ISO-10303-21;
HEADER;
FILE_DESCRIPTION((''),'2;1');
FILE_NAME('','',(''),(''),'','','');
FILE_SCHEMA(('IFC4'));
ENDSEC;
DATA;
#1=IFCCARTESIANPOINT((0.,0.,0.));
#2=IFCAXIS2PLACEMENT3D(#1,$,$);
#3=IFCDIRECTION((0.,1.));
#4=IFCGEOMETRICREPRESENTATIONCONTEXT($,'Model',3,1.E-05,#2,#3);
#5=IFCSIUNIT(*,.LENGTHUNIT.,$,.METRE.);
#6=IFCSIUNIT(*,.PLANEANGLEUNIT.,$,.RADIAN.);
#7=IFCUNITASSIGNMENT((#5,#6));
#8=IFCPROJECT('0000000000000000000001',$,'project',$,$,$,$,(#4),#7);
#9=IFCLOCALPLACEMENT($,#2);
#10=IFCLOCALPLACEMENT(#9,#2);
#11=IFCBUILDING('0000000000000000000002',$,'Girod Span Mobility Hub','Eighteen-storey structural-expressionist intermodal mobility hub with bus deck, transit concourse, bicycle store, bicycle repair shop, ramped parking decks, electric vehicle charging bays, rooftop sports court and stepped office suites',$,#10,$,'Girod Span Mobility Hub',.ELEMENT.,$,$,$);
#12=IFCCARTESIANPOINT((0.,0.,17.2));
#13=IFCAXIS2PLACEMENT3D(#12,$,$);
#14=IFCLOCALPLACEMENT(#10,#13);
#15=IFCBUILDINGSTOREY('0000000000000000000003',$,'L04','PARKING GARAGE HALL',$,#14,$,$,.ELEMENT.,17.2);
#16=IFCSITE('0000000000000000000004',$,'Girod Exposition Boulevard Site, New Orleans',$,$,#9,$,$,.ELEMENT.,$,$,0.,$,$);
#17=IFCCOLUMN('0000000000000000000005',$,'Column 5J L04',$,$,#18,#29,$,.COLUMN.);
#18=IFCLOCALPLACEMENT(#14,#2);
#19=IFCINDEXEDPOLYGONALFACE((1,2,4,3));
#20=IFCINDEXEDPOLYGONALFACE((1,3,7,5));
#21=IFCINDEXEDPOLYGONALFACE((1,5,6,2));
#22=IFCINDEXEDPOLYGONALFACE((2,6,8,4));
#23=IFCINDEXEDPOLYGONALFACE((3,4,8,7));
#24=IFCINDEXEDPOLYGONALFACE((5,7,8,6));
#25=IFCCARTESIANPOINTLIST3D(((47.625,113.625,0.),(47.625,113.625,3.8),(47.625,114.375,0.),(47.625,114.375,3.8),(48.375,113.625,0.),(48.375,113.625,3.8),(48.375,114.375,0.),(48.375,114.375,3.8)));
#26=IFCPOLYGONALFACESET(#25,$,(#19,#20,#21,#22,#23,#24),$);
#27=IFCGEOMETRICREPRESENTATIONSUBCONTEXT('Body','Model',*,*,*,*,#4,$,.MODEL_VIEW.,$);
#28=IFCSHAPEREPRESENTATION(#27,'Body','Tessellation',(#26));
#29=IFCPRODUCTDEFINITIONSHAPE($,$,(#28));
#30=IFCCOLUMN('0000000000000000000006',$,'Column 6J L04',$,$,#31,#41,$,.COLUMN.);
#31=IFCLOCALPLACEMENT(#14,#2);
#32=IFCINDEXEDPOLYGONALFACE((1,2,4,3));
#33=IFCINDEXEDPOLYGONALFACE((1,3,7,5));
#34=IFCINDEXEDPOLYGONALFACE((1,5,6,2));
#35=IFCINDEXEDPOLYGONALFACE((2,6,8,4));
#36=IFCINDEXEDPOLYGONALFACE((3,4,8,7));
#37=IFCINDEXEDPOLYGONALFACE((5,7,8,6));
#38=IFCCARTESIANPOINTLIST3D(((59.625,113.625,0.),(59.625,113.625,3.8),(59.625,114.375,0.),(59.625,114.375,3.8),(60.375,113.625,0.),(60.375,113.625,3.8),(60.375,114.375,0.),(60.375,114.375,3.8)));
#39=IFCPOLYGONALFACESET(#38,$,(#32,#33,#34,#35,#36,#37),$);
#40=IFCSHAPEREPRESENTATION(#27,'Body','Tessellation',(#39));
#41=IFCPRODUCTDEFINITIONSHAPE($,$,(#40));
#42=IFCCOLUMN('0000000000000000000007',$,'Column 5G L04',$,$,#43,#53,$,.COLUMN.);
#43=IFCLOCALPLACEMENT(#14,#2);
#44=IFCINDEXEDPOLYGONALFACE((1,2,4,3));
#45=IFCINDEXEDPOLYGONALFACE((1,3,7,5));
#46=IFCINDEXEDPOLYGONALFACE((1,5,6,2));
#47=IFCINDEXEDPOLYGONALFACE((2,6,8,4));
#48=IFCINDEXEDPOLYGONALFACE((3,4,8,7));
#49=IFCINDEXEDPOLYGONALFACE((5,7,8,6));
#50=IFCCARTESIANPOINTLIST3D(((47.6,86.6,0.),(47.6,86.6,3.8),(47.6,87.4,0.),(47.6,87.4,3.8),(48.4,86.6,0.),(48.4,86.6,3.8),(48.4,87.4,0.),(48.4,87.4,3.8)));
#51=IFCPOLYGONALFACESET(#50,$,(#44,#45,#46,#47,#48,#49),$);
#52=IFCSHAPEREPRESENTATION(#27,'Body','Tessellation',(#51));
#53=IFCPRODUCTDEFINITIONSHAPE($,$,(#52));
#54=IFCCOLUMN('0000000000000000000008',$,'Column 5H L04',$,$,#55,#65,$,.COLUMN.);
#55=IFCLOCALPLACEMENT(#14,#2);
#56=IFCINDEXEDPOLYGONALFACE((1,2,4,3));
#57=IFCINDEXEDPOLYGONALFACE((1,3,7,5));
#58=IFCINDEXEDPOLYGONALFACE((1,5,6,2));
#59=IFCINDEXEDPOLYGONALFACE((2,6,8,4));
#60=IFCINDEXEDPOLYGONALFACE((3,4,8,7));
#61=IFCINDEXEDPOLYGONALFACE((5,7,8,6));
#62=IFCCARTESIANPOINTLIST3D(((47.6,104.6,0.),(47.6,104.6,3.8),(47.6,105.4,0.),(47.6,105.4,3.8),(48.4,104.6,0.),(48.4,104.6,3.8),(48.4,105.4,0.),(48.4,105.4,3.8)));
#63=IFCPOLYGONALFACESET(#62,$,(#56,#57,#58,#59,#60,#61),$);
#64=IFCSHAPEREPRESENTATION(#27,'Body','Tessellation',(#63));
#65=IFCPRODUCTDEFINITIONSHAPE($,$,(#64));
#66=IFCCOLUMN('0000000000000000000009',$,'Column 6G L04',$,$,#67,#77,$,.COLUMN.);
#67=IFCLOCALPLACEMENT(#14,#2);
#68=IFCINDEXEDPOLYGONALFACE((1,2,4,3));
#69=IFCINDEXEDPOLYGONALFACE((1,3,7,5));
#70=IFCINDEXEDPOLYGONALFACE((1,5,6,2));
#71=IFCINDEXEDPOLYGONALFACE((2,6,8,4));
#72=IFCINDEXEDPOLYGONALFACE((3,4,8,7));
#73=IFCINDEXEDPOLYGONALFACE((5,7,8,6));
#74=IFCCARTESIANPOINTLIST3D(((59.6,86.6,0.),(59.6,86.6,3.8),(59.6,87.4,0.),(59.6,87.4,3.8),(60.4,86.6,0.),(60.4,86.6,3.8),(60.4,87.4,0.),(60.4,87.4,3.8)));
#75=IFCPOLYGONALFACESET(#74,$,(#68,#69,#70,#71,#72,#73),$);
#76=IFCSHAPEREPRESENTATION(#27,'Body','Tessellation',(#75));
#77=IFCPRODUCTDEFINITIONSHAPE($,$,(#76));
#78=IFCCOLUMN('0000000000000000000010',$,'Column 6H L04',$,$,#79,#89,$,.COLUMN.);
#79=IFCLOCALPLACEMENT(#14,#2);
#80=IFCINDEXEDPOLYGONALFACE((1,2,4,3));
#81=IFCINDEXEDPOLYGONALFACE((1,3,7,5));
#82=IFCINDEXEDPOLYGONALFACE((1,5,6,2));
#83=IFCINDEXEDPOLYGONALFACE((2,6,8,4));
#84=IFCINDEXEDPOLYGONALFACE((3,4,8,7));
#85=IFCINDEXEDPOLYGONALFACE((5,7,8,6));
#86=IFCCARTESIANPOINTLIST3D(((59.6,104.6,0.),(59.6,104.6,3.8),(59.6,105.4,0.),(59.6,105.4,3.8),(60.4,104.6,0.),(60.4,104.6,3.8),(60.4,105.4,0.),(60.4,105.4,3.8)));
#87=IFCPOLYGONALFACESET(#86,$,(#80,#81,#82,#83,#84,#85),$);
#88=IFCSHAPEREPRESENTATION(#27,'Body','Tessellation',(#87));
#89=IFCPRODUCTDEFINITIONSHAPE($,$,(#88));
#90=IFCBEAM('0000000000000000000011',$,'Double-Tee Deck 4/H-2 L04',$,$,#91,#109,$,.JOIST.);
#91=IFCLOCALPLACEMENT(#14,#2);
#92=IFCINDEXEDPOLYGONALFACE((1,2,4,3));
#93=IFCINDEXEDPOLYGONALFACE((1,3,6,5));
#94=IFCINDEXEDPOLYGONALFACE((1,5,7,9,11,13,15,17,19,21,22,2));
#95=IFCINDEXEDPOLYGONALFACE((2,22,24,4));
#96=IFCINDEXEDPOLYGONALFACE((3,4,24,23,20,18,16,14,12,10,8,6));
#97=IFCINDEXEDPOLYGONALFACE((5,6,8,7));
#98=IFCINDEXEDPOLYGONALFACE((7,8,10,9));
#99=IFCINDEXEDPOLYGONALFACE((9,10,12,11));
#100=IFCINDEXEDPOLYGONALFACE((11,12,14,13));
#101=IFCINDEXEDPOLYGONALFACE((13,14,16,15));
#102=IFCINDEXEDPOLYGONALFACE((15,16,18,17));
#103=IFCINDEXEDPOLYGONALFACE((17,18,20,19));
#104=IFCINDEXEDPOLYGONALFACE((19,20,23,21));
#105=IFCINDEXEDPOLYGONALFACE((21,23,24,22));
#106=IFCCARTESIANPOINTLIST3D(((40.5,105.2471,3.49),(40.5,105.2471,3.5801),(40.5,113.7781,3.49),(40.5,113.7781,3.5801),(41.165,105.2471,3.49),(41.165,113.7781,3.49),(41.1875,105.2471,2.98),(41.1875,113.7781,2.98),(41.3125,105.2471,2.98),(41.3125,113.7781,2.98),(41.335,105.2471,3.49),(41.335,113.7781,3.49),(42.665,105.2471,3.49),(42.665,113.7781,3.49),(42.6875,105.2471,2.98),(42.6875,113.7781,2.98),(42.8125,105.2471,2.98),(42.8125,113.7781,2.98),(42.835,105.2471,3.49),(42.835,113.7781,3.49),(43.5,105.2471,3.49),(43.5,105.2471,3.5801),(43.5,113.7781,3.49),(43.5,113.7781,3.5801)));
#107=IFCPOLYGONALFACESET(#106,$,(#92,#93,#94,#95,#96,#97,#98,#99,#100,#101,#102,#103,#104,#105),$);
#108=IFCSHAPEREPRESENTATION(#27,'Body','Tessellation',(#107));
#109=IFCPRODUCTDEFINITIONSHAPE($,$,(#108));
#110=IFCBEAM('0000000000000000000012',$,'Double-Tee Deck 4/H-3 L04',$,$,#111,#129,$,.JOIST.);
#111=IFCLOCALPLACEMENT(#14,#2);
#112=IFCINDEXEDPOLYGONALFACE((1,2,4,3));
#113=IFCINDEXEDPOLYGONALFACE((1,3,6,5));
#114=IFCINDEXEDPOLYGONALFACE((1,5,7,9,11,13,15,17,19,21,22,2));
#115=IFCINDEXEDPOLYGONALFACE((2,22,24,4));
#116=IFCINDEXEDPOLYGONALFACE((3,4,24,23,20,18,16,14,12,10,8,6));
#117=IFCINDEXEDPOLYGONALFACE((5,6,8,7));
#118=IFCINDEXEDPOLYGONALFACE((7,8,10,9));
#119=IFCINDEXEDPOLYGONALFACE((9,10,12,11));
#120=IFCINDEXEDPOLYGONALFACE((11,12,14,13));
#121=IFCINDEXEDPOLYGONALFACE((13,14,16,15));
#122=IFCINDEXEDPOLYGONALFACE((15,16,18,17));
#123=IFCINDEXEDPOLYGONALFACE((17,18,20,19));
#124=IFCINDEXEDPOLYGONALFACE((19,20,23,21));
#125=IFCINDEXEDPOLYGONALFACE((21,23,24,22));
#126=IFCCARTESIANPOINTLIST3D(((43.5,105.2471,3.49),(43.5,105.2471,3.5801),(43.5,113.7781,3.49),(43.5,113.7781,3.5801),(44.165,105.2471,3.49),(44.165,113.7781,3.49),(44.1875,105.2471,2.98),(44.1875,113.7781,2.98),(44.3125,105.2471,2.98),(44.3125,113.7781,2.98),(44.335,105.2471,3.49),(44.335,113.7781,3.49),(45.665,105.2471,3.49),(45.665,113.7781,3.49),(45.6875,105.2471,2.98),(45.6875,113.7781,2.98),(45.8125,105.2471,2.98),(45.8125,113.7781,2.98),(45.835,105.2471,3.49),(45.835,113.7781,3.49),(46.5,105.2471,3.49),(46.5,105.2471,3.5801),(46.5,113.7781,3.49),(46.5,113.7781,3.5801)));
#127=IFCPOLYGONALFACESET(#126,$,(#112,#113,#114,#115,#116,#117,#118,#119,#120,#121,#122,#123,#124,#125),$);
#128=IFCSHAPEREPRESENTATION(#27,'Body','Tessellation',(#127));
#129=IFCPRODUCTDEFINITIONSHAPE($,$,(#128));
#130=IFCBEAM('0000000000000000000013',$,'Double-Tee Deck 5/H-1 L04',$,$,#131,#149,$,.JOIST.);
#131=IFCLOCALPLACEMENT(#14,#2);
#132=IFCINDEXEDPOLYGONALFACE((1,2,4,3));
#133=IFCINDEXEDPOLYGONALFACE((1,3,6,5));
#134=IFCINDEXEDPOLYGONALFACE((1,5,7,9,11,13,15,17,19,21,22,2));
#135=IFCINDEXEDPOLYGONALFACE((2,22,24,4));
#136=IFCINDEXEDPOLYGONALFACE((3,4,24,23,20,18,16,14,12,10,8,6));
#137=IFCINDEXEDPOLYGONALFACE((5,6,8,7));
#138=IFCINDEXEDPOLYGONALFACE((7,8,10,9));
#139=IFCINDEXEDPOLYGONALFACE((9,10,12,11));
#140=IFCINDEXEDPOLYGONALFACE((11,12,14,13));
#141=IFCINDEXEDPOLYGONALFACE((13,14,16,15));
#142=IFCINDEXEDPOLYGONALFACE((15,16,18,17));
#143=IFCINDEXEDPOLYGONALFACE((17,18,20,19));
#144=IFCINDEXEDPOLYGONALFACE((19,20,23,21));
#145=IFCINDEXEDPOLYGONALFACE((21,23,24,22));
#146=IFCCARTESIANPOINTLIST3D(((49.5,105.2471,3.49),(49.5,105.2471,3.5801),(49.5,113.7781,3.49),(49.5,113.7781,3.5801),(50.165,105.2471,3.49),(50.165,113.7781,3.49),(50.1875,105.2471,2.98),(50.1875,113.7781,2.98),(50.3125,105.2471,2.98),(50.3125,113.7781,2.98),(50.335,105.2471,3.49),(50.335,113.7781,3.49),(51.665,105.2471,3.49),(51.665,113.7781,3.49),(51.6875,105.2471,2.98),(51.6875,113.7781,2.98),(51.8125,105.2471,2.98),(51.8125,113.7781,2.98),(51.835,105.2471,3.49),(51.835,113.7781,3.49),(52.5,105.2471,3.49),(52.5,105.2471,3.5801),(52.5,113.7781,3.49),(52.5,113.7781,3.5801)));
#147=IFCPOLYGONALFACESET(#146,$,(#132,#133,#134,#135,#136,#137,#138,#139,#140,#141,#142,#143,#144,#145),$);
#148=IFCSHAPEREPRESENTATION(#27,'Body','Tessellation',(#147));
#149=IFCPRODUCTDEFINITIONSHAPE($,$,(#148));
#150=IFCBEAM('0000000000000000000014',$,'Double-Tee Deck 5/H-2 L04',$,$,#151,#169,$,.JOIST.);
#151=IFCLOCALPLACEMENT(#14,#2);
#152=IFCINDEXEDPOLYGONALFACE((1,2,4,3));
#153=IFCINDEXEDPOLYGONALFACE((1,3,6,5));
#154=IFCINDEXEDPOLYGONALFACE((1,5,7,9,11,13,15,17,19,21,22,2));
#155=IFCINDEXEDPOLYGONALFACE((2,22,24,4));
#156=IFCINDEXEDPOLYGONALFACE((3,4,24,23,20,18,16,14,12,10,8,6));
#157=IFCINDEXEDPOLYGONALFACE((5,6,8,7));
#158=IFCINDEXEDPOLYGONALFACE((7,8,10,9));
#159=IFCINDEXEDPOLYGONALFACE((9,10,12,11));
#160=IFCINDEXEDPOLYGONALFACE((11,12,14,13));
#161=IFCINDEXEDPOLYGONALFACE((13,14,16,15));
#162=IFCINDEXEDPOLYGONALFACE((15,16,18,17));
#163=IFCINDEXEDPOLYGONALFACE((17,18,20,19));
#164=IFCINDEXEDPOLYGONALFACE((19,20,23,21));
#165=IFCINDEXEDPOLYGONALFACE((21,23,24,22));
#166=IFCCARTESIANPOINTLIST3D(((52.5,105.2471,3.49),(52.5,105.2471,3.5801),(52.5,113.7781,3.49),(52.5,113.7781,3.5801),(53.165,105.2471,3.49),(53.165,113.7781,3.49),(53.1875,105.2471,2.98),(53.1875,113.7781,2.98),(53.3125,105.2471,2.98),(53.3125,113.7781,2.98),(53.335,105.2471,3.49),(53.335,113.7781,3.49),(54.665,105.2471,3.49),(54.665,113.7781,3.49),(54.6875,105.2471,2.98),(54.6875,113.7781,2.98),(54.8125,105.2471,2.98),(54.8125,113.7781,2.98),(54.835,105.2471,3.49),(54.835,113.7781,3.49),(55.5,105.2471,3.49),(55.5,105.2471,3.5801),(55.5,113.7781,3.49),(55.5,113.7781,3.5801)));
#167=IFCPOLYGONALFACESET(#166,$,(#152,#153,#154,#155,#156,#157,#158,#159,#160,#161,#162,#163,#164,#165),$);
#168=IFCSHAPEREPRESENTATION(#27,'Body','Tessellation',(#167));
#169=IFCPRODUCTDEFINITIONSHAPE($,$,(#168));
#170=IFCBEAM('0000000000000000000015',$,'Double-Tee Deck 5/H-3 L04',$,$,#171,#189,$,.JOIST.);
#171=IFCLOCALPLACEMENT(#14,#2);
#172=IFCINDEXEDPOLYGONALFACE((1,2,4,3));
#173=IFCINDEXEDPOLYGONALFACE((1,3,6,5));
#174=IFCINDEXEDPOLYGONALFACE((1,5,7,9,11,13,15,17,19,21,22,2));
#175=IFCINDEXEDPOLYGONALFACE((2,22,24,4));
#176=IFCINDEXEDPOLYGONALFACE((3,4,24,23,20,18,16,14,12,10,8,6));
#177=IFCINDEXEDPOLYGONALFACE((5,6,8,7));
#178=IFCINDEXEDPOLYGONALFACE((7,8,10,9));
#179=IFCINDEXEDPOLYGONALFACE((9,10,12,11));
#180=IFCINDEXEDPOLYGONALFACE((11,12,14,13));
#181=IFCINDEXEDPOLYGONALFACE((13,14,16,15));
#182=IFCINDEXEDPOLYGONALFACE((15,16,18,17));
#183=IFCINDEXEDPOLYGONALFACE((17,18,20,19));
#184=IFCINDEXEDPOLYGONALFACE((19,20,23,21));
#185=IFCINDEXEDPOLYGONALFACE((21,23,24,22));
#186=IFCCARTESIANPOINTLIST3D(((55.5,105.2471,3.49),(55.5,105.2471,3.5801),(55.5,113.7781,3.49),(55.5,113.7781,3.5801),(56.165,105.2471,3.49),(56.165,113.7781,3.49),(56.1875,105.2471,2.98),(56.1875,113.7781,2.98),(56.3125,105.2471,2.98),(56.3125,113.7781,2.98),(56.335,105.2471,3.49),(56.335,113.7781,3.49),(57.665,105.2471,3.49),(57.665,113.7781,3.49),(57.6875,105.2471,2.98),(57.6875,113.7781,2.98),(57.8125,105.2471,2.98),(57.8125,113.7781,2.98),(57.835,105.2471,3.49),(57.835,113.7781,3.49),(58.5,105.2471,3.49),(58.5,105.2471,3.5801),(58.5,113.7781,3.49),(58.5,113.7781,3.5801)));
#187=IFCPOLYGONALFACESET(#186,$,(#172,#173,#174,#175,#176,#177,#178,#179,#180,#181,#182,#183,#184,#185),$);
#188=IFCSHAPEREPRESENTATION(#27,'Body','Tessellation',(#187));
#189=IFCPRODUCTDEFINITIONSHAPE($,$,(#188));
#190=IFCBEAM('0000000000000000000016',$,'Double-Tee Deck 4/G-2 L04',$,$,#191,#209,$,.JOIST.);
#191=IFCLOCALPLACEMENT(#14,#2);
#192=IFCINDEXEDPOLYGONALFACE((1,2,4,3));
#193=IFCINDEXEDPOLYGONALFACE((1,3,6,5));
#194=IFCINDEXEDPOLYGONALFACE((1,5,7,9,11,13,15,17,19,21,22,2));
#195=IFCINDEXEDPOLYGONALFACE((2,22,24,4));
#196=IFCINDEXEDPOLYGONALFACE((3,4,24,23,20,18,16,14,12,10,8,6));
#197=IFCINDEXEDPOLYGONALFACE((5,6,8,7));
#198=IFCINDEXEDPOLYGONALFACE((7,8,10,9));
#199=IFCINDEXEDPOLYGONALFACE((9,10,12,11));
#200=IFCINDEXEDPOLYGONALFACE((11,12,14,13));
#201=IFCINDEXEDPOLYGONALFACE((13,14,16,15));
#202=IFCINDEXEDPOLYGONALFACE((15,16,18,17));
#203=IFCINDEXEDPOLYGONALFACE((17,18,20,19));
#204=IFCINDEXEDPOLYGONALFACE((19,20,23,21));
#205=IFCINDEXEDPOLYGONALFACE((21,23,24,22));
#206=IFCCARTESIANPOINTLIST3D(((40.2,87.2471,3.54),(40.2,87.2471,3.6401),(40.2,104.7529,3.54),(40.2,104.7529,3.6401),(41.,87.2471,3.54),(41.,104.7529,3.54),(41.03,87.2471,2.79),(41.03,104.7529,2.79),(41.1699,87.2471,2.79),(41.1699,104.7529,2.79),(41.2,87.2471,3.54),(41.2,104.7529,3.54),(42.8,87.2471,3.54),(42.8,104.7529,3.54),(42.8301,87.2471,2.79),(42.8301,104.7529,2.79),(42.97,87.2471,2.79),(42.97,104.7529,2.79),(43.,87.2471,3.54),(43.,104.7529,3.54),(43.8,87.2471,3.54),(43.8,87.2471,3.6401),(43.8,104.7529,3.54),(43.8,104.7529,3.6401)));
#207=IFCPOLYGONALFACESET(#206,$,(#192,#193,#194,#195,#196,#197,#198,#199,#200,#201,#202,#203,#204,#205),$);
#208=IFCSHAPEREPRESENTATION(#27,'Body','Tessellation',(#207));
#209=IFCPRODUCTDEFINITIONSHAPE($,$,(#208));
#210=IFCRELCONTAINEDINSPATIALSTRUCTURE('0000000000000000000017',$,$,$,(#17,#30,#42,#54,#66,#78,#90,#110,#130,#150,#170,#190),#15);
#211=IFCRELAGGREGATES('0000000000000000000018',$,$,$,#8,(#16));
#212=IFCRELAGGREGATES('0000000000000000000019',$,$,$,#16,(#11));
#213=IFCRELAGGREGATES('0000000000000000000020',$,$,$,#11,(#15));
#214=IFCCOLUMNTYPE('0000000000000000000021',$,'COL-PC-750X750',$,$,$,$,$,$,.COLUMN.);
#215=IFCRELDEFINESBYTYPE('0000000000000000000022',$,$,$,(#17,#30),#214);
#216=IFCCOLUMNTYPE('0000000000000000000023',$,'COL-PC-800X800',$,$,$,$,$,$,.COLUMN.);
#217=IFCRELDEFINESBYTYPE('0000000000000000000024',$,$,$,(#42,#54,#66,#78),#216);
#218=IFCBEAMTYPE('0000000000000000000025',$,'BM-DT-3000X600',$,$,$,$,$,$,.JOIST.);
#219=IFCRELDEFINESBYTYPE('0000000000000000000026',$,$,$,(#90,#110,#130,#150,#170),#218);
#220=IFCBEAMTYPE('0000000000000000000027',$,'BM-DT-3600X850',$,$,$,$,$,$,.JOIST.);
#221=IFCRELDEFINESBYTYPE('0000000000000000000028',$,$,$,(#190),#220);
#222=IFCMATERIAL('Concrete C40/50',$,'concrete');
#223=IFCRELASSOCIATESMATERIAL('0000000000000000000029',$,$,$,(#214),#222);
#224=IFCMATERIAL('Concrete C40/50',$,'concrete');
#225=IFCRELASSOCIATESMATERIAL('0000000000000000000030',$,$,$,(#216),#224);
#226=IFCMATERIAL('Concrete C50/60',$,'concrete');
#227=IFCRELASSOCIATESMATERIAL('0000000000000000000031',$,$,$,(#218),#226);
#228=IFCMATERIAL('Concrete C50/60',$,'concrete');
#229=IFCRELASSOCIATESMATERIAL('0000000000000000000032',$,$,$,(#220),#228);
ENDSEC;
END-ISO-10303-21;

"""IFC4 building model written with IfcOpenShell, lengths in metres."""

from ifc_helpers import new_model, si_unit, direction, frame, origin, origin_2d, place, context, subcontext, project, spatial, polyline, rectangle, outline, extrude, material, material_profile, profile_set, type_object, element, save


model = new_model("IFC4")

# Units and contexts
model_context = context("Model", 3, precision=1e-05, world=origin(), true_north=direction((0.0, 1.0)))
body_context = subcontext(model_context, "Body", "Model", "MODEL_VIEW")
ifc_project = project(units=[si_unit("LENGTHUNIT", "METRE"), si_unit("PLANEANGLEUNIT", "RADIAN")], contexts=[model_context])

# Site, building, storey
site_placement = place(None, origin())
site = spatial("IfcSite", under=ifc_project, at=site_placement, Name="Girod Exposition Boulevard Site, New Orleans", CompositionType="ELEMENT", RefElevation=0.0)
building_placement = place(site_placement, origin())
building = spatial("IfcBuilding", under=site, at=building_placement, Name="Girod Span Mobility Hub", Description="Eighteen-storey structural-expressionist intermodal mobility hub with bus deck, transit concourse, bicycle store, bicycle repair shop, ramped parking decks, electric vehicle charging bays, rooftop sports court and stepped office suites", LongName="Girod Span Mobility Hub", CompositionType="ELEMENT")
storey_placement = place(building_placement, frame((0.0, 0.0, 17.2)))
storey = spatial("IfcBuildingStorey", under=building, at=storey_placement, Name="L04", Description="PARKING GARAGE HALL", CompositionType="ELEMENT", Elevation=17.2)

# Columns
ifc_material_1 = material(Name="Concrete C40/50", Category="concrete")
ifc_material_profile_1 = material_profile(ifc_material_1, rectangle(XDim=0.75, YDim=0.75, at=origin_2d()), Name="PC-COL-750X750")
ifc_profile_set_1 = profile_set([ifc_material_profile_1], Name="Concrete C40/50")
column_type_1 = type_object("IfcColumnType", Name="COL-PC-750X750", PredefinedType="COLUMN", material=ifc_profile_set_1)
for number, where, z_axis, x_axis, name in (
    (1, (48.0, 114.0, 0.0), (0.0, 0.0, 1.0), (1.0, 0.0, 0.0), "Column 5J L04"),
    (2, (60.0, 114.0, 0.0), (0.0, 0.0, 1.0), (1.0, 0.0, 0.0), "Column 6J L04"),
):
    element("IfcColumn", number, at=place(storey_placement, frame(where, z_axis=z_axis, x_axis=x_axis)), inside=storey, type_object=column_type_1, Name=name, PredefinedType="COLUMN", context=body_context, shape_type="SweptSolid", body=[
        extrude(rectangle(XDim=0.75, YDim=0.75, at=origin_2d()), origin(), (0.0, 0.0, 1.0), 3.8),
    ])
ifc_material_2 = material(Name="Concrete C40/50", Category="concrete")
ifc_material_profile_2 = material_profile(ifc_material_2, rectangle(XDim=0.8, YDim=0.8, at=origin_2d()), Name="PC-COL-800X800")
ifc_profile_set_2 = profile_set([ifc_material_profile_2], Name="Concrete C40/50")
column_type_2 = type_object("IfcColumnType", Name="COL-PC-800X800", PredefinedType="COLUMN", material=ifc_profile_set_2)
for number, where, z_axis, x_axis, name in (
    (3, (48.0, 87.0, 0.0), (0.0, 0.0, 1.0), (1.0, 0.0, 0.0), "Column 5G L04"),
    (4, (48.0, 105.0, 0.0), (0.0, 0.0, 1.0), (1.0, 0.0, 0.0), "Column 5H L04"),
    (5, (60.0, 87.0, 0.0), (0.0, 0.0, 1.0), (1.0, 0.0, 0.0), "Column 6G L04"),
    (6, (60.0, 105.0, 0.0), (0.0, 0.0, 1.0), (1.0, 0.0, 0.0), "Column 6H L04"),
):
    element("IfcColumn", number, at=place(storey_placement, frame(where, z_axis=z_axis, x_axis=x_axis)), inside=storey, type_object=column_type_2, Name=name, PredefinedType="COLUMN", context=body_context, shape_type="SweptSolid", body=[
        extrude(rectangle(XDim=0.8, YDim=0.8, at=origin_2d()), origin(), (0.0, 0.0, 1.0), 3.8),
    ])

# Beams
ifc_material_3 = material(Name="Concrete C50/60", Category="concrete")
ifc_material_profile_3 = material_profile(ifc_material_3, outline(polyline([(-1.5, 0.3), (-1.5, 0.21), (-0.835, 0.21), (-0.8125, -0.3), (-0.6875, -0.3), (-0.665, 0.21), (0.665, 0.21), (0.6875, -0.3), (0.8125, -0.3), (0.835, 0.21), (1.5, 0.21), (1.5, 0.3), (-1.5, 0.3)])), Name="DT-3000X600")
ifc_profile_set_3 = profile_set([ifc_material_profile_3], Name="Concrete C50/60")
beam_type_1 = type_object("IfcBeamType", Name="BM-DT-3000X600", PredefinedType="JOIST", material=ifc_profile_set_3)
for number, where, z_axis, x_axis, name in (
    (7, (42.0, 105.2471, 3.28), (0.0, 1.0, 0.0), (-1.0, 0.0, 0.0), "Double-Tee Deck 4/H-2 L04"),
    (8, (45.0, 105.2471, 3.28), (0.0, 1.0, 0.0), (-1.0, 0.0, 0.0), "Double-Tee Deck 4/H-3 L04"),
    (9, (51.0, 105.2471, 3.28), (0.0, 1.0, 0.0), (-1.0, 0.0, 0.0), "Double-Tee Deck 5/H-1 L04"),
    (10, (54.0, 105.2471, 3.28), (0.0, 1.0, 0.0), (-1.0, 0.0, 0.0), "Double-Tee Deck 5/H-2 L04"),
    (11, (57.0, 105.2471, 3.28), (0.0, 1.0, 0.0), (-1.0, 0.0, 0.0), "Double-Tee Deck 5/H-3 L04"),
):
    element("IfcBeam", number, at=place(storey_placement, frame(where, z_axis=z_axis, x_axis=x_axis)), inside=storey, type_object=beam_type_1, Name=name, PredefinedType="JOIST", context=body_context, shape_type="SweptSolid", body=[
        extrude(outline(polyline([(-1.5, 0.3), (-1.5, 0.21), (-0.835, 0.21), (-0.8125, -0.3), (-0.6875, -0.3), (-0.665, 0.21), (0.665, 0.21), (0.6875, -0.3), (0.8125, -0.3), (0.835, 0.21), (1.5, 0.21), (1.5, 0.3), (-1.5, 0.3)])), origin(), (0.0, 0.0, 1.0), 8.531),
    ])
ifc_material_4 = material(Name="Concrete C50/60", Category="concrete")
ifc_material_profile_4 = material_profile(ifc_material_4, outline(polyline([(-1.8, 0.425), (-1.8, 0.325), (-1.0, 0.325), (-0.97, -0.425), (-0.8301, -0.425), (-0.8, 0.325), (0.8, 0.325), (0.8301, -0.425), (0.97, -0.425), (1.0, 0.325), (1.8, 0.325), (1.8, 0.425), (-1.8, 0.425)])), Name="DT-3600X850")
ifc_profile_set_4 = profile_set([ifc_material_profile_4], Name="Concrete C50/60")
beam_type_2 = type_object("IfcBeamType", Name="BM-DT-3600X850", PredefinedType="JOIST", material=ifc_profile_set_4)
for number, where, z_axis, x_axis, name in (
    (12, (42.0, 87.2471, 3.2151), (0.0, 1.0, 0.0), (-1.0, 0.0, 0.0), "Double-Tee Deck 4/G-2 L04"),
):
    element("IfcBeam", number, at=place(storey_placement, frame(where, z_axis=z_axis, x_axis=x_axis)), inside=storey, type_object=beam_type_2, Name=name, PredefinedType="JOIST", context=body_context, shape_type="SweptSolid", body=[
        extrude(outline(polyline([(-1.8, 0.425), (-1.8, 0.325), (-1.0, 0.325), (-0.97, -0.425), (-0.8301, -0.425), (-0.8, 0.325), (0.8, 0.325), (0.8301, -0.425), (0.97, -0.425), (1.0, 0.325), (1.8, 0.325), (1.8, 0.425), (-1.8, 0.425)])), origin(), (0.0, 0.0, 1.0), 17.5059),
    ])

save(model, "model.ifc")
